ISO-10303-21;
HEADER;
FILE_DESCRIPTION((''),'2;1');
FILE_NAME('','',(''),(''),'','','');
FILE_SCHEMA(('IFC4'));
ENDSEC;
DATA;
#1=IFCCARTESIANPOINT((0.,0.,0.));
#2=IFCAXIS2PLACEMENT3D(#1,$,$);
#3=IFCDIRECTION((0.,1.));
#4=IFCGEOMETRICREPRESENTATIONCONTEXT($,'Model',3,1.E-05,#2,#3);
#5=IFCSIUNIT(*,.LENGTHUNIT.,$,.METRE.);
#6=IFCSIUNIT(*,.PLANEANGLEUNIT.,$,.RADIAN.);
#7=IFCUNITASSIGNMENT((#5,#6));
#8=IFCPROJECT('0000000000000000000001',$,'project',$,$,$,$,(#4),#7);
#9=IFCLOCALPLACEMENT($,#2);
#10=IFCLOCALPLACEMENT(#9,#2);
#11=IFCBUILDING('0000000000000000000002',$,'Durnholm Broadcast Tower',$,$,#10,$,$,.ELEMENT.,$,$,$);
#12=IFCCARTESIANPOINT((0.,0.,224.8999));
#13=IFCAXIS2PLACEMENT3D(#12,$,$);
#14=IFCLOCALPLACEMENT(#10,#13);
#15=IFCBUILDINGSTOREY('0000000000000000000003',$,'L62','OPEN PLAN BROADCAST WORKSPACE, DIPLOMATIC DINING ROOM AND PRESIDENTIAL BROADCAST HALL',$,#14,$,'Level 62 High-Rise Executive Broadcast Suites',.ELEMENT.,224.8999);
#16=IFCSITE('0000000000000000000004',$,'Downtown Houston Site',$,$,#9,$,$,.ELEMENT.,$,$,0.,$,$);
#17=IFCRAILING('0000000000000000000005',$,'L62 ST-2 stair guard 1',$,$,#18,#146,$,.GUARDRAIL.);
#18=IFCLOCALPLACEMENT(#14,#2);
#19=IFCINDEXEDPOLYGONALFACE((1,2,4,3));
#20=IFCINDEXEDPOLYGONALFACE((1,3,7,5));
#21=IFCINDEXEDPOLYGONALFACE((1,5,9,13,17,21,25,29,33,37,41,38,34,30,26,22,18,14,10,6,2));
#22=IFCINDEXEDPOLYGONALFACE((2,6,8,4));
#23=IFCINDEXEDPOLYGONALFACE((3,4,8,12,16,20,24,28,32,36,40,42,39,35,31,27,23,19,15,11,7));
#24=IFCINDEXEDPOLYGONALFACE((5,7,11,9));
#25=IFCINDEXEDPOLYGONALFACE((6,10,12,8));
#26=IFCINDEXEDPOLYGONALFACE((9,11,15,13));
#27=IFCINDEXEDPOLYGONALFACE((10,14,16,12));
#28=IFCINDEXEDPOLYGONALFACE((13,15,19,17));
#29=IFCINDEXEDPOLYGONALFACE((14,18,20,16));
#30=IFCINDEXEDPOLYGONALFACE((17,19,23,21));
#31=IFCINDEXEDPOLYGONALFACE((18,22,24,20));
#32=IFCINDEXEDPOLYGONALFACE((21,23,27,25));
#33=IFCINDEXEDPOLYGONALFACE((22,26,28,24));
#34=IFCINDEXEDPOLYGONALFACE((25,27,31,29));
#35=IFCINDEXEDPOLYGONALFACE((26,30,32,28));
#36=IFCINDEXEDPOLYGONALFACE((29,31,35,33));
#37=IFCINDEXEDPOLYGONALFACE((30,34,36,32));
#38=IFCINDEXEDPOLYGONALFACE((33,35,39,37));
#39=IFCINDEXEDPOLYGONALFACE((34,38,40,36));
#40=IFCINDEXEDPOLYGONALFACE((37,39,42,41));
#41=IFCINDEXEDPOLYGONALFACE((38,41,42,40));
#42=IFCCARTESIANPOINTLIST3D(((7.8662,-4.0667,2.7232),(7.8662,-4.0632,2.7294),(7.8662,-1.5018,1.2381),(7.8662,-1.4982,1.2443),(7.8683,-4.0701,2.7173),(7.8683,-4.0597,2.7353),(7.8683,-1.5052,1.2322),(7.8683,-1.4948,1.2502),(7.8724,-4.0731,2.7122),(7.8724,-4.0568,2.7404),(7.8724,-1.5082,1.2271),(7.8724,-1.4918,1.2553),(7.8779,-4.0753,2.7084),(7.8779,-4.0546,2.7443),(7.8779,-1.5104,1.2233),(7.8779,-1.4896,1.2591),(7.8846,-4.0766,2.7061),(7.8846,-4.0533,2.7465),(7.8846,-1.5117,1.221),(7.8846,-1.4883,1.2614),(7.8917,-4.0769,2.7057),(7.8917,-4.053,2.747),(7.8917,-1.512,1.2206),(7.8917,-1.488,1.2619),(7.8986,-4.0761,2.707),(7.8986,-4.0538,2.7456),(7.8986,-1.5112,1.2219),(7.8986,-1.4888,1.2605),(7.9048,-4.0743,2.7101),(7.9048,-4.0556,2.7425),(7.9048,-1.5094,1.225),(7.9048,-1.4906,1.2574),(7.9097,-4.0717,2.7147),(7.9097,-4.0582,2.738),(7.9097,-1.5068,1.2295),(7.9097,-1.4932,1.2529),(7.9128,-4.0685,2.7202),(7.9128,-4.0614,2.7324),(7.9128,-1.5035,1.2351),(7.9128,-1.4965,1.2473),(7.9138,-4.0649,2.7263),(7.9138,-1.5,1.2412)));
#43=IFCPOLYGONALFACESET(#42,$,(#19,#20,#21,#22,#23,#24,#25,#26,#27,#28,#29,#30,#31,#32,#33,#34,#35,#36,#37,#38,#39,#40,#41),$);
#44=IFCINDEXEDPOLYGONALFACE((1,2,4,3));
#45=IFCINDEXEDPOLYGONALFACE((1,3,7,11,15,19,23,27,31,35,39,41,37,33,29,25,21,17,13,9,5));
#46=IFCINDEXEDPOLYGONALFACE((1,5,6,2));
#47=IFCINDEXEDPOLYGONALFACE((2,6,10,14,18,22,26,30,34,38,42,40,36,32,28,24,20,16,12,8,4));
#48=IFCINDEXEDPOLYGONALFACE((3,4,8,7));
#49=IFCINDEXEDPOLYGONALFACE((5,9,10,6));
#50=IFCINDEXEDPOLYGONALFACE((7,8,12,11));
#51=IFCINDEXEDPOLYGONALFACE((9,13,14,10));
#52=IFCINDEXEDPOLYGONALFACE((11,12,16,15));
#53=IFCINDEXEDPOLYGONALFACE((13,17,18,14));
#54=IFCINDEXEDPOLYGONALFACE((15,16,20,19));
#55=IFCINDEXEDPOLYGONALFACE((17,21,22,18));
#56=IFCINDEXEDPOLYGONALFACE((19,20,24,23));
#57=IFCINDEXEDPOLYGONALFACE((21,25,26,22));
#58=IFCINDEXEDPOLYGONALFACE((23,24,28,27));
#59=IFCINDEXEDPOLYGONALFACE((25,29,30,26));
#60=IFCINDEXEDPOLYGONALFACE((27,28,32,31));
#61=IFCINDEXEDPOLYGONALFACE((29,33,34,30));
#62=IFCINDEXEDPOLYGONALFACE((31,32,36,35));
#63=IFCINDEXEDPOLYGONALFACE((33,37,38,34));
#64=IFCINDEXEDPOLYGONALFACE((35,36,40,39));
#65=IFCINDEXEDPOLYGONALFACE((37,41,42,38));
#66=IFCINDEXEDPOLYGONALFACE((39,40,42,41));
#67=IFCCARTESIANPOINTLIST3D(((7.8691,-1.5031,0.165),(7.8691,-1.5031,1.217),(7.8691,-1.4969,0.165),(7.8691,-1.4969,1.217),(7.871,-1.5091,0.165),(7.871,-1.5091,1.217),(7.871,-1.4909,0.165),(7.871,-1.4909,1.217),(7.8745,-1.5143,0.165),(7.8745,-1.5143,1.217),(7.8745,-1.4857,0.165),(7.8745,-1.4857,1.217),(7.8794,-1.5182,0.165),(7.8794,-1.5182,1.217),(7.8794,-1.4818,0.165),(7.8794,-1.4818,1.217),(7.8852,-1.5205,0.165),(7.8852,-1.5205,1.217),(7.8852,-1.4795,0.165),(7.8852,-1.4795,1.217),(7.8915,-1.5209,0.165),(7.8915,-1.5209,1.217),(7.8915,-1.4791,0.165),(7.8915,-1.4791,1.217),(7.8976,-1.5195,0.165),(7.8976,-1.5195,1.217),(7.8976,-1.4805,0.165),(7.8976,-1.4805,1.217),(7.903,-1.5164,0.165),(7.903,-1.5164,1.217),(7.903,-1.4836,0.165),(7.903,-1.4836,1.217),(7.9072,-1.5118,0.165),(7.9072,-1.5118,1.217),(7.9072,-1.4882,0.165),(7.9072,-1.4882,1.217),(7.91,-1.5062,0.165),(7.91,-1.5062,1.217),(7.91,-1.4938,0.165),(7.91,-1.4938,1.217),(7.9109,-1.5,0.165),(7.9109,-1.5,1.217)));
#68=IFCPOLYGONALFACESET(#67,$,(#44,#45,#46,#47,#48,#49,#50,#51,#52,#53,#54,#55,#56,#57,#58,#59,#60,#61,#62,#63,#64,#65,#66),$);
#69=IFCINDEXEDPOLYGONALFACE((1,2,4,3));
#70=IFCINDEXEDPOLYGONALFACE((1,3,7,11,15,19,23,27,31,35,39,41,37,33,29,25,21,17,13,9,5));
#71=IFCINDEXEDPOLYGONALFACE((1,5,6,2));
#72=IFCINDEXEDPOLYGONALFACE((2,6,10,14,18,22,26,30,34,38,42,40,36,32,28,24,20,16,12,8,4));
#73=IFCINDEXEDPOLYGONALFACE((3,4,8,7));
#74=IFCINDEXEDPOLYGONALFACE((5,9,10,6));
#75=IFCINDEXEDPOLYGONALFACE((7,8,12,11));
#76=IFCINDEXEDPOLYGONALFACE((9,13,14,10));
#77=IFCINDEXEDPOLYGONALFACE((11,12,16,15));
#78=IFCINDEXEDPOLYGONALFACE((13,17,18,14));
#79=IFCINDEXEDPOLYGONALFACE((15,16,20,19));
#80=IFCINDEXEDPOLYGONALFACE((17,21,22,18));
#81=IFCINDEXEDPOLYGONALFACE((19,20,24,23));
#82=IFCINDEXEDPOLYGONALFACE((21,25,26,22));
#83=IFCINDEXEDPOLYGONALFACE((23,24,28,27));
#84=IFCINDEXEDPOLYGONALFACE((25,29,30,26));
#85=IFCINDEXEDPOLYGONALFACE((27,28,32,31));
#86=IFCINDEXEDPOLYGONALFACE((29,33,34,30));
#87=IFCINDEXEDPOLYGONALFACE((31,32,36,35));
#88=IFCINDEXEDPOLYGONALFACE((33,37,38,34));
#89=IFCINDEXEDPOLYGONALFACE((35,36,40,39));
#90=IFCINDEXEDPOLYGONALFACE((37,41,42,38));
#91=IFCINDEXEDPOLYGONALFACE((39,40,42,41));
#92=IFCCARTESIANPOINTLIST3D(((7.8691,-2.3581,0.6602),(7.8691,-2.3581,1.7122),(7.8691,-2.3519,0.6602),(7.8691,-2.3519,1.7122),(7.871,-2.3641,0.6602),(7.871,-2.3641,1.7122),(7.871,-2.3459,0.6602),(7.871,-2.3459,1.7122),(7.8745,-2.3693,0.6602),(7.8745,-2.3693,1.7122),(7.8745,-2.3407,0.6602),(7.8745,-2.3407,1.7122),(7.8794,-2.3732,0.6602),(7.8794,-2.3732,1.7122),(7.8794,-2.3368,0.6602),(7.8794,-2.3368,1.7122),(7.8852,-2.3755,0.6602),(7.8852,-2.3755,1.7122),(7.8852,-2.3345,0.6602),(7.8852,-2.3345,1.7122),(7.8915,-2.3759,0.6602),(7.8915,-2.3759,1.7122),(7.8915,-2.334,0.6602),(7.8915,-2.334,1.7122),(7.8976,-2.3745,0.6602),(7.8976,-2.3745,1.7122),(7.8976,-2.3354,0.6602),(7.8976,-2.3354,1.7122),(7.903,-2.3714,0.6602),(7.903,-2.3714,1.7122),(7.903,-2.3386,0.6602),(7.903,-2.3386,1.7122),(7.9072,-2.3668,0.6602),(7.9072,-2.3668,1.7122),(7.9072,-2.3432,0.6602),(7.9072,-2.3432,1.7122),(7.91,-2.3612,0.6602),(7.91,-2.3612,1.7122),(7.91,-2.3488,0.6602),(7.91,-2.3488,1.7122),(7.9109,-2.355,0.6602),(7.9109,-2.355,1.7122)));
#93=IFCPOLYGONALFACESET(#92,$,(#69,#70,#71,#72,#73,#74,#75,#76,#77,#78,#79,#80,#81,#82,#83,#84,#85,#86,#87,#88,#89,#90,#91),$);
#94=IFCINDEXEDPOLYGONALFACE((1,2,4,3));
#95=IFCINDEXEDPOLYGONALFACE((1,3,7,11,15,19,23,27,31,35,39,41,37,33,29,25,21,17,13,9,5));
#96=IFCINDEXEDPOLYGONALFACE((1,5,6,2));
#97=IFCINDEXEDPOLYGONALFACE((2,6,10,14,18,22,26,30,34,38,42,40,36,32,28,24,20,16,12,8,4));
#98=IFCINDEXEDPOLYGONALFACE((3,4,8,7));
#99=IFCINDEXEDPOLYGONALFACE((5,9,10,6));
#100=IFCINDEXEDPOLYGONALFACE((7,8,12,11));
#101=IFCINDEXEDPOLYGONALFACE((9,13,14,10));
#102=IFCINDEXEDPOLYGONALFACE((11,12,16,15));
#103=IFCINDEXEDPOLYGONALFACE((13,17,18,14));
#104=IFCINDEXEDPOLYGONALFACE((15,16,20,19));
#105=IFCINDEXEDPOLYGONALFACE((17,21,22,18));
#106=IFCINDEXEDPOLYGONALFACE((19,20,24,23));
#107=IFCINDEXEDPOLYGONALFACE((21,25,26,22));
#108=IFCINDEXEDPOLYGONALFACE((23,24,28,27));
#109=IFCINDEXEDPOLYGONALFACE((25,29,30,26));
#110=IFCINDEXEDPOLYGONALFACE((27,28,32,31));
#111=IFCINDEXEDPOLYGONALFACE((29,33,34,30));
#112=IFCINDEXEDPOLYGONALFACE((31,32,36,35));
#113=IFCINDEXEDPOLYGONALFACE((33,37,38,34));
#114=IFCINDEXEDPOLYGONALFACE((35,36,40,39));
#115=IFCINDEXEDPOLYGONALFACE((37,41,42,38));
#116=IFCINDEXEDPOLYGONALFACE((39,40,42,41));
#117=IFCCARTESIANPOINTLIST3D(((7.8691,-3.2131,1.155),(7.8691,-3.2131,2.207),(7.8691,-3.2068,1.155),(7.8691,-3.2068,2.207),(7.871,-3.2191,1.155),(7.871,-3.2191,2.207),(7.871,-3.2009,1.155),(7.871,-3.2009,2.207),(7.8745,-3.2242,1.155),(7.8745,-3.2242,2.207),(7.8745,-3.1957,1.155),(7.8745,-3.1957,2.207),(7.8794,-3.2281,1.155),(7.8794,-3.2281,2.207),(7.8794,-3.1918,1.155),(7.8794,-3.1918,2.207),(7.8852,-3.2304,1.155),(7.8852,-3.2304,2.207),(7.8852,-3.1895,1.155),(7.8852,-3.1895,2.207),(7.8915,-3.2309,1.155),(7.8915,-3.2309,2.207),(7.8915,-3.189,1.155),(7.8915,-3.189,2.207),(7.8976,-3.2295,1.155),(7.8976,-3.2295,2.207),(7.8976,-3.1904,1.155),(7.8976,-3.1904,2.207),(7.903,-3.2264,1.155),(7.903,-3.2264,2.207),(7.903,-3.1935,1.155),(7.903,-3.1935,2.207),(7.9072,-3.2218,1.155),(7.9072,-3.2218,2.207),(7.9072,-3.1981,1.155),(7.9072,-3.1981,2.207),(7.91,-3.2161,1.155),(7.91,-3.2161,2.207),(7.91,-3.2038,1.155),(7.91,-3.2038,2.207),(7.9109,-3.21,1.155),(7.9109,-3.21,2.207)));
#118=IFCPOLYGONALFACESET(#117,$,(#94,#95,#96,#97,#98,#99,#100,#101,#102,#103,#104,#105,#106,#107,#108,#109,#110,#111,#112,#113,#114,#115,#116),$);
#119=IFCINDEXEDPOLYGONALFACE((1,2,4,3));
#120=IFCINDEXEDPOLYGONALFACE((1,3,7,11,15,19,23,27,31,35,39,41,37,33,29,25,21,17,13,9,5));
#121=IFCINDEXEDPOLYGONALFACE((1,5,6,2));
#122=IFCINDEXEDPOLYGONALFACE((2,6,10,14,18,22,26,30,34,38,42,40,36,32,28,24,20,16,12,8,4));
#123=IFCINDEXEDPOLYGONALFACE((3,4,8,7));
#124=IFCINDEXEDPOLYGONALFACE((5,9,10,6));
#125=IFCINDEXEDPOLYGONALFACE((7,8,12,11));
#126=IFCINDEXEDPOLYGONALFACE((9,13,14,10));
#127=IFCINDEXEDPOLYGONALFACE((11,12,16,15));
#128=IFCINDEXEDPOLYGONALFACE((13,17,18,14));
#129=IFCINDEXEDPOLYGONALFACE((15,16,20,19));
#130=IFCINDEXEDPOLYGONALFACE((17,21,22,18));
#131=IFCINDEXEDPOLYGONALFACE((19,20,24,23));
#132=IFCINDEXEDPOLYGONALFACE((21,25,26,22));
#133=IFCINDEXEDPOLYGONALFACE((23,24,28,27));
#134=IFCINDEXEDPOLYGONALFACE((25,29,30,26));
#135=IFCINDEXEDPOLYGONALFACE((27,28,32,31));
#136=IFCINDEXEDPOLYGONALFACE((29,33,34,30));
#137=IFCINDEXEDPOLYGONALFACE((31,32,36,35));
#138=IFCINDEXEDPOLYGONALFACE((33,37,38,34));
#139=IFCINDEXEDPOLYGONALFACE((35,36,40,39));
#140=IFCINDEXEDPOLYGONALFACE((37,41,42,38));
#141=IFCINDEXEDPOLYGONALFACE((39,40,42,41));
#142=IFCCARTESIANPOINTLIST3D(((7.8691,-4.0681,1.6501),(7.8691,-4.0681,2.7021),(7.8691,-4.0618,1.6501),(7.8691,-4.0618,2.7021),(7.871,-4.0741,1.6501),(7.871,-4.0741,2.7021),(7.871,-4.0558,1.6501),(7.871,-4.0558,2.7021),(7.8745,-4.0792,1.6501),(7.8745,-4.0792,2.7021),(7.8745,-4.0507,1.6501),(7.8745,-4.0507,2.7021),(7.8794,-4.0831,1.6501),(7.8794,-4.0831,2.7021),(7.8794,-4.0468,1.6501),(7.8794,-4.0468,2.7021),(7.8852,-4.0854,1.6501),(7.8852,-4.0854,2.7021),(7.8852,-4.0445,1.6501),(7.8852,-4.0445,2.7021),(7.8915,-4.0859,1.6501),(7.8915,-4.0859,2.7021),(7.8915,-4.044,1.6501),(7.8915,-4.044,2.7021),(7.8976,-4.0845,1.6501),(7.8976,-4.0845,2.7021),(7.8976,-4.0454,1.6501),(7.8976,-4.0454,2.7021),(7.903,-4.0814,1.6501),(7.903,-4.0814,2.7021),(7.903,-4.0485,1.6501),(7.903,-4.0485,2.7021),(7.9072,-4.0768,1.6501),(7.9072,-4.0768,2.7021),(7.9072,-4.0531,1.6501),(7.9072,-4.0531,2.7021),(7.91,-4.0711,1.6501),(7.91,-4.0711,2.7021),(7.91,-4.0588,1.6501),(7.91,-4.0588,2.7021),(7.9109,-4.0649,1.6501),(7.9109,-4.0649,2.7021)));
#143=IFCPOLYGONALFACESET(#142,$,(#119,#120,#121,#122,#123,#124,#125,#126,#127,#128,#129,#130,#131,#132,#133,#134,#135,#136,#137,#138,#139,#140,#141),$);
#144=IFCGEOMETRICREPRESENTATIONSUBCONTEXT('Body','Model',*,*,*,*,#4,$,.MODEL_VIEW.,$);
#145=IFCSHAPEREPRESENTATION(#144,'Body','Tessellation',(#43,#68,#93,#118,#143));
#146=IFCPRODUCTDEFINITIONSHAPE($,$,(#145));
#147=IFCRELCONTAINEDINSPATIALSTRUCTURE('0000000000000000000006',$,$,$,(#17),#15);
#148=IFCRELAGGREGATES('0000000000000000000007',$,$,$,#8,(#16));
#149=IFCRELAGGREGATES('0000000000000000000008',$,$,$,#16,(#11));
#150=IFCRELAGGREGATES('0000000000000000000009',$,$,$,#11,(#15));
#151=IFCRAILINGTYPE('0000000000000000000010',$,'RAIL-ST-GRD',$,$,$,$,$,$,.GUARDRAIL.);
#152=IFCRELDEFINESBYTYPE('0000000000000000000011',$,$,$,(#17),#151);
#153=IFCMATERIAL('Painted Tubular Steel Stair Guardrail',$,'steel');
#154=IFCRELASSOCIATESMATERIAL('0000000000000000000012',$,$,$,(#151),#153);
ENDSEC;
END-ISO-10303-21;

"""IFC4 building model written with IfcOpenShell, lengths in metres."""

from ifc_helpers import new_model, si_unit, direction, frame, origin, origin_2d, place, context, subcontext, project, spatial, circle, extrude, material, type_object, element, save


model = new_model("IFC4")

# Units and contexts
model_context = context("Model", 3, precision=1e-05, world=origin(), true_north=direction((0.0, 1.0)))
body_context = subcontext(model_context, "Body", "Model", "MODEL_VIEW")
ifc_project = project(units=[si_unit("LENGTHUNIT", "METRE"), si_unit("PLANEANGLEUNIT", "RADIAN")], contexts=[model_context])

# Site, building, storey
site_placement = place(None, origin())
site = spatial("IfcSite", under=ifc_project, at=site_placement, Name="Downtown Houston Site", CompositionType="ELEMENT", RefElevation=0.0)
building_placement = place(site_placement, origin())
building = spatial("IfcBuilding", under=site, at=building_placement, Name="Durnholm Broadcast Tower", CompositionType="ELEMENT")
storey_placement = place(building_placement, frame((0.0, 0.0, 224.8999)))
storey = spatial("IfcBuildingStorey", under=building, at=storey_placement, Name="L62", Description="OPEN PLAN BROADCAST WORKSPACE, DIPLOMATIC DINING ROOM AND PRESIDENTIAL BROADCAST HALL", LongName="Level 62 High-Rise Executive Broadcast Suites", CompositionType="ELEMENT", Elevation=224.8999)

# Railing
ifc_material_1 = material(Name="Painted Tubular Steel Stair Guardrail", Category="steel")
railing_type_1 = type_object("IfcRailingType", Name="RAIL-ST-GRD", PredefinedType="GUARDRAIL", material=ifc_material_1)
railing_1_placement = place(storey_placement, frame((7.8899, -1.5, 0.165)))
element("IfcRailing", 1, at=railing_1_placement, inside=storey, type_object=railing_type_1, Name="L62 ST-2 stair guard 1", PredefinedType="GUARDRAIL", context=body_context, shape_type="SweptSolid", body=[
    extrude(circle(Radius=0.0239, at=origin_2d()), frame((0.0, 0.0, 1.0762), z_axis=(0.0, -0.865406, 0.501072), x_axis=(1.0, 0.0, 0.0)), (0.0, 0.0, 1.0), 2.9639),
    extrude(circle(Radius=0.021, at=origin_2d()), origin(), (0.0, 0.0, 1.0), 1.052),
    extrude(circle(Radius=0.021, at=origin_2d()), frame((0.0, -0.855, 0.4951)), (0.0, 0.0, 1.0), 1.052),
    extrude(circle(Radius=0.021, at=origin_2d()), frame((0.0, -1.71, 0.99)), (0.0, 0.0, 1.0), 1.052),
    extrude(circle(Radius=0.021, at=origin_2d()), frame((0.0, -2.5649, 1.4851)), (0.0, 0.0, 1.0), 1.052),
])

save(model, "model.ifc")
